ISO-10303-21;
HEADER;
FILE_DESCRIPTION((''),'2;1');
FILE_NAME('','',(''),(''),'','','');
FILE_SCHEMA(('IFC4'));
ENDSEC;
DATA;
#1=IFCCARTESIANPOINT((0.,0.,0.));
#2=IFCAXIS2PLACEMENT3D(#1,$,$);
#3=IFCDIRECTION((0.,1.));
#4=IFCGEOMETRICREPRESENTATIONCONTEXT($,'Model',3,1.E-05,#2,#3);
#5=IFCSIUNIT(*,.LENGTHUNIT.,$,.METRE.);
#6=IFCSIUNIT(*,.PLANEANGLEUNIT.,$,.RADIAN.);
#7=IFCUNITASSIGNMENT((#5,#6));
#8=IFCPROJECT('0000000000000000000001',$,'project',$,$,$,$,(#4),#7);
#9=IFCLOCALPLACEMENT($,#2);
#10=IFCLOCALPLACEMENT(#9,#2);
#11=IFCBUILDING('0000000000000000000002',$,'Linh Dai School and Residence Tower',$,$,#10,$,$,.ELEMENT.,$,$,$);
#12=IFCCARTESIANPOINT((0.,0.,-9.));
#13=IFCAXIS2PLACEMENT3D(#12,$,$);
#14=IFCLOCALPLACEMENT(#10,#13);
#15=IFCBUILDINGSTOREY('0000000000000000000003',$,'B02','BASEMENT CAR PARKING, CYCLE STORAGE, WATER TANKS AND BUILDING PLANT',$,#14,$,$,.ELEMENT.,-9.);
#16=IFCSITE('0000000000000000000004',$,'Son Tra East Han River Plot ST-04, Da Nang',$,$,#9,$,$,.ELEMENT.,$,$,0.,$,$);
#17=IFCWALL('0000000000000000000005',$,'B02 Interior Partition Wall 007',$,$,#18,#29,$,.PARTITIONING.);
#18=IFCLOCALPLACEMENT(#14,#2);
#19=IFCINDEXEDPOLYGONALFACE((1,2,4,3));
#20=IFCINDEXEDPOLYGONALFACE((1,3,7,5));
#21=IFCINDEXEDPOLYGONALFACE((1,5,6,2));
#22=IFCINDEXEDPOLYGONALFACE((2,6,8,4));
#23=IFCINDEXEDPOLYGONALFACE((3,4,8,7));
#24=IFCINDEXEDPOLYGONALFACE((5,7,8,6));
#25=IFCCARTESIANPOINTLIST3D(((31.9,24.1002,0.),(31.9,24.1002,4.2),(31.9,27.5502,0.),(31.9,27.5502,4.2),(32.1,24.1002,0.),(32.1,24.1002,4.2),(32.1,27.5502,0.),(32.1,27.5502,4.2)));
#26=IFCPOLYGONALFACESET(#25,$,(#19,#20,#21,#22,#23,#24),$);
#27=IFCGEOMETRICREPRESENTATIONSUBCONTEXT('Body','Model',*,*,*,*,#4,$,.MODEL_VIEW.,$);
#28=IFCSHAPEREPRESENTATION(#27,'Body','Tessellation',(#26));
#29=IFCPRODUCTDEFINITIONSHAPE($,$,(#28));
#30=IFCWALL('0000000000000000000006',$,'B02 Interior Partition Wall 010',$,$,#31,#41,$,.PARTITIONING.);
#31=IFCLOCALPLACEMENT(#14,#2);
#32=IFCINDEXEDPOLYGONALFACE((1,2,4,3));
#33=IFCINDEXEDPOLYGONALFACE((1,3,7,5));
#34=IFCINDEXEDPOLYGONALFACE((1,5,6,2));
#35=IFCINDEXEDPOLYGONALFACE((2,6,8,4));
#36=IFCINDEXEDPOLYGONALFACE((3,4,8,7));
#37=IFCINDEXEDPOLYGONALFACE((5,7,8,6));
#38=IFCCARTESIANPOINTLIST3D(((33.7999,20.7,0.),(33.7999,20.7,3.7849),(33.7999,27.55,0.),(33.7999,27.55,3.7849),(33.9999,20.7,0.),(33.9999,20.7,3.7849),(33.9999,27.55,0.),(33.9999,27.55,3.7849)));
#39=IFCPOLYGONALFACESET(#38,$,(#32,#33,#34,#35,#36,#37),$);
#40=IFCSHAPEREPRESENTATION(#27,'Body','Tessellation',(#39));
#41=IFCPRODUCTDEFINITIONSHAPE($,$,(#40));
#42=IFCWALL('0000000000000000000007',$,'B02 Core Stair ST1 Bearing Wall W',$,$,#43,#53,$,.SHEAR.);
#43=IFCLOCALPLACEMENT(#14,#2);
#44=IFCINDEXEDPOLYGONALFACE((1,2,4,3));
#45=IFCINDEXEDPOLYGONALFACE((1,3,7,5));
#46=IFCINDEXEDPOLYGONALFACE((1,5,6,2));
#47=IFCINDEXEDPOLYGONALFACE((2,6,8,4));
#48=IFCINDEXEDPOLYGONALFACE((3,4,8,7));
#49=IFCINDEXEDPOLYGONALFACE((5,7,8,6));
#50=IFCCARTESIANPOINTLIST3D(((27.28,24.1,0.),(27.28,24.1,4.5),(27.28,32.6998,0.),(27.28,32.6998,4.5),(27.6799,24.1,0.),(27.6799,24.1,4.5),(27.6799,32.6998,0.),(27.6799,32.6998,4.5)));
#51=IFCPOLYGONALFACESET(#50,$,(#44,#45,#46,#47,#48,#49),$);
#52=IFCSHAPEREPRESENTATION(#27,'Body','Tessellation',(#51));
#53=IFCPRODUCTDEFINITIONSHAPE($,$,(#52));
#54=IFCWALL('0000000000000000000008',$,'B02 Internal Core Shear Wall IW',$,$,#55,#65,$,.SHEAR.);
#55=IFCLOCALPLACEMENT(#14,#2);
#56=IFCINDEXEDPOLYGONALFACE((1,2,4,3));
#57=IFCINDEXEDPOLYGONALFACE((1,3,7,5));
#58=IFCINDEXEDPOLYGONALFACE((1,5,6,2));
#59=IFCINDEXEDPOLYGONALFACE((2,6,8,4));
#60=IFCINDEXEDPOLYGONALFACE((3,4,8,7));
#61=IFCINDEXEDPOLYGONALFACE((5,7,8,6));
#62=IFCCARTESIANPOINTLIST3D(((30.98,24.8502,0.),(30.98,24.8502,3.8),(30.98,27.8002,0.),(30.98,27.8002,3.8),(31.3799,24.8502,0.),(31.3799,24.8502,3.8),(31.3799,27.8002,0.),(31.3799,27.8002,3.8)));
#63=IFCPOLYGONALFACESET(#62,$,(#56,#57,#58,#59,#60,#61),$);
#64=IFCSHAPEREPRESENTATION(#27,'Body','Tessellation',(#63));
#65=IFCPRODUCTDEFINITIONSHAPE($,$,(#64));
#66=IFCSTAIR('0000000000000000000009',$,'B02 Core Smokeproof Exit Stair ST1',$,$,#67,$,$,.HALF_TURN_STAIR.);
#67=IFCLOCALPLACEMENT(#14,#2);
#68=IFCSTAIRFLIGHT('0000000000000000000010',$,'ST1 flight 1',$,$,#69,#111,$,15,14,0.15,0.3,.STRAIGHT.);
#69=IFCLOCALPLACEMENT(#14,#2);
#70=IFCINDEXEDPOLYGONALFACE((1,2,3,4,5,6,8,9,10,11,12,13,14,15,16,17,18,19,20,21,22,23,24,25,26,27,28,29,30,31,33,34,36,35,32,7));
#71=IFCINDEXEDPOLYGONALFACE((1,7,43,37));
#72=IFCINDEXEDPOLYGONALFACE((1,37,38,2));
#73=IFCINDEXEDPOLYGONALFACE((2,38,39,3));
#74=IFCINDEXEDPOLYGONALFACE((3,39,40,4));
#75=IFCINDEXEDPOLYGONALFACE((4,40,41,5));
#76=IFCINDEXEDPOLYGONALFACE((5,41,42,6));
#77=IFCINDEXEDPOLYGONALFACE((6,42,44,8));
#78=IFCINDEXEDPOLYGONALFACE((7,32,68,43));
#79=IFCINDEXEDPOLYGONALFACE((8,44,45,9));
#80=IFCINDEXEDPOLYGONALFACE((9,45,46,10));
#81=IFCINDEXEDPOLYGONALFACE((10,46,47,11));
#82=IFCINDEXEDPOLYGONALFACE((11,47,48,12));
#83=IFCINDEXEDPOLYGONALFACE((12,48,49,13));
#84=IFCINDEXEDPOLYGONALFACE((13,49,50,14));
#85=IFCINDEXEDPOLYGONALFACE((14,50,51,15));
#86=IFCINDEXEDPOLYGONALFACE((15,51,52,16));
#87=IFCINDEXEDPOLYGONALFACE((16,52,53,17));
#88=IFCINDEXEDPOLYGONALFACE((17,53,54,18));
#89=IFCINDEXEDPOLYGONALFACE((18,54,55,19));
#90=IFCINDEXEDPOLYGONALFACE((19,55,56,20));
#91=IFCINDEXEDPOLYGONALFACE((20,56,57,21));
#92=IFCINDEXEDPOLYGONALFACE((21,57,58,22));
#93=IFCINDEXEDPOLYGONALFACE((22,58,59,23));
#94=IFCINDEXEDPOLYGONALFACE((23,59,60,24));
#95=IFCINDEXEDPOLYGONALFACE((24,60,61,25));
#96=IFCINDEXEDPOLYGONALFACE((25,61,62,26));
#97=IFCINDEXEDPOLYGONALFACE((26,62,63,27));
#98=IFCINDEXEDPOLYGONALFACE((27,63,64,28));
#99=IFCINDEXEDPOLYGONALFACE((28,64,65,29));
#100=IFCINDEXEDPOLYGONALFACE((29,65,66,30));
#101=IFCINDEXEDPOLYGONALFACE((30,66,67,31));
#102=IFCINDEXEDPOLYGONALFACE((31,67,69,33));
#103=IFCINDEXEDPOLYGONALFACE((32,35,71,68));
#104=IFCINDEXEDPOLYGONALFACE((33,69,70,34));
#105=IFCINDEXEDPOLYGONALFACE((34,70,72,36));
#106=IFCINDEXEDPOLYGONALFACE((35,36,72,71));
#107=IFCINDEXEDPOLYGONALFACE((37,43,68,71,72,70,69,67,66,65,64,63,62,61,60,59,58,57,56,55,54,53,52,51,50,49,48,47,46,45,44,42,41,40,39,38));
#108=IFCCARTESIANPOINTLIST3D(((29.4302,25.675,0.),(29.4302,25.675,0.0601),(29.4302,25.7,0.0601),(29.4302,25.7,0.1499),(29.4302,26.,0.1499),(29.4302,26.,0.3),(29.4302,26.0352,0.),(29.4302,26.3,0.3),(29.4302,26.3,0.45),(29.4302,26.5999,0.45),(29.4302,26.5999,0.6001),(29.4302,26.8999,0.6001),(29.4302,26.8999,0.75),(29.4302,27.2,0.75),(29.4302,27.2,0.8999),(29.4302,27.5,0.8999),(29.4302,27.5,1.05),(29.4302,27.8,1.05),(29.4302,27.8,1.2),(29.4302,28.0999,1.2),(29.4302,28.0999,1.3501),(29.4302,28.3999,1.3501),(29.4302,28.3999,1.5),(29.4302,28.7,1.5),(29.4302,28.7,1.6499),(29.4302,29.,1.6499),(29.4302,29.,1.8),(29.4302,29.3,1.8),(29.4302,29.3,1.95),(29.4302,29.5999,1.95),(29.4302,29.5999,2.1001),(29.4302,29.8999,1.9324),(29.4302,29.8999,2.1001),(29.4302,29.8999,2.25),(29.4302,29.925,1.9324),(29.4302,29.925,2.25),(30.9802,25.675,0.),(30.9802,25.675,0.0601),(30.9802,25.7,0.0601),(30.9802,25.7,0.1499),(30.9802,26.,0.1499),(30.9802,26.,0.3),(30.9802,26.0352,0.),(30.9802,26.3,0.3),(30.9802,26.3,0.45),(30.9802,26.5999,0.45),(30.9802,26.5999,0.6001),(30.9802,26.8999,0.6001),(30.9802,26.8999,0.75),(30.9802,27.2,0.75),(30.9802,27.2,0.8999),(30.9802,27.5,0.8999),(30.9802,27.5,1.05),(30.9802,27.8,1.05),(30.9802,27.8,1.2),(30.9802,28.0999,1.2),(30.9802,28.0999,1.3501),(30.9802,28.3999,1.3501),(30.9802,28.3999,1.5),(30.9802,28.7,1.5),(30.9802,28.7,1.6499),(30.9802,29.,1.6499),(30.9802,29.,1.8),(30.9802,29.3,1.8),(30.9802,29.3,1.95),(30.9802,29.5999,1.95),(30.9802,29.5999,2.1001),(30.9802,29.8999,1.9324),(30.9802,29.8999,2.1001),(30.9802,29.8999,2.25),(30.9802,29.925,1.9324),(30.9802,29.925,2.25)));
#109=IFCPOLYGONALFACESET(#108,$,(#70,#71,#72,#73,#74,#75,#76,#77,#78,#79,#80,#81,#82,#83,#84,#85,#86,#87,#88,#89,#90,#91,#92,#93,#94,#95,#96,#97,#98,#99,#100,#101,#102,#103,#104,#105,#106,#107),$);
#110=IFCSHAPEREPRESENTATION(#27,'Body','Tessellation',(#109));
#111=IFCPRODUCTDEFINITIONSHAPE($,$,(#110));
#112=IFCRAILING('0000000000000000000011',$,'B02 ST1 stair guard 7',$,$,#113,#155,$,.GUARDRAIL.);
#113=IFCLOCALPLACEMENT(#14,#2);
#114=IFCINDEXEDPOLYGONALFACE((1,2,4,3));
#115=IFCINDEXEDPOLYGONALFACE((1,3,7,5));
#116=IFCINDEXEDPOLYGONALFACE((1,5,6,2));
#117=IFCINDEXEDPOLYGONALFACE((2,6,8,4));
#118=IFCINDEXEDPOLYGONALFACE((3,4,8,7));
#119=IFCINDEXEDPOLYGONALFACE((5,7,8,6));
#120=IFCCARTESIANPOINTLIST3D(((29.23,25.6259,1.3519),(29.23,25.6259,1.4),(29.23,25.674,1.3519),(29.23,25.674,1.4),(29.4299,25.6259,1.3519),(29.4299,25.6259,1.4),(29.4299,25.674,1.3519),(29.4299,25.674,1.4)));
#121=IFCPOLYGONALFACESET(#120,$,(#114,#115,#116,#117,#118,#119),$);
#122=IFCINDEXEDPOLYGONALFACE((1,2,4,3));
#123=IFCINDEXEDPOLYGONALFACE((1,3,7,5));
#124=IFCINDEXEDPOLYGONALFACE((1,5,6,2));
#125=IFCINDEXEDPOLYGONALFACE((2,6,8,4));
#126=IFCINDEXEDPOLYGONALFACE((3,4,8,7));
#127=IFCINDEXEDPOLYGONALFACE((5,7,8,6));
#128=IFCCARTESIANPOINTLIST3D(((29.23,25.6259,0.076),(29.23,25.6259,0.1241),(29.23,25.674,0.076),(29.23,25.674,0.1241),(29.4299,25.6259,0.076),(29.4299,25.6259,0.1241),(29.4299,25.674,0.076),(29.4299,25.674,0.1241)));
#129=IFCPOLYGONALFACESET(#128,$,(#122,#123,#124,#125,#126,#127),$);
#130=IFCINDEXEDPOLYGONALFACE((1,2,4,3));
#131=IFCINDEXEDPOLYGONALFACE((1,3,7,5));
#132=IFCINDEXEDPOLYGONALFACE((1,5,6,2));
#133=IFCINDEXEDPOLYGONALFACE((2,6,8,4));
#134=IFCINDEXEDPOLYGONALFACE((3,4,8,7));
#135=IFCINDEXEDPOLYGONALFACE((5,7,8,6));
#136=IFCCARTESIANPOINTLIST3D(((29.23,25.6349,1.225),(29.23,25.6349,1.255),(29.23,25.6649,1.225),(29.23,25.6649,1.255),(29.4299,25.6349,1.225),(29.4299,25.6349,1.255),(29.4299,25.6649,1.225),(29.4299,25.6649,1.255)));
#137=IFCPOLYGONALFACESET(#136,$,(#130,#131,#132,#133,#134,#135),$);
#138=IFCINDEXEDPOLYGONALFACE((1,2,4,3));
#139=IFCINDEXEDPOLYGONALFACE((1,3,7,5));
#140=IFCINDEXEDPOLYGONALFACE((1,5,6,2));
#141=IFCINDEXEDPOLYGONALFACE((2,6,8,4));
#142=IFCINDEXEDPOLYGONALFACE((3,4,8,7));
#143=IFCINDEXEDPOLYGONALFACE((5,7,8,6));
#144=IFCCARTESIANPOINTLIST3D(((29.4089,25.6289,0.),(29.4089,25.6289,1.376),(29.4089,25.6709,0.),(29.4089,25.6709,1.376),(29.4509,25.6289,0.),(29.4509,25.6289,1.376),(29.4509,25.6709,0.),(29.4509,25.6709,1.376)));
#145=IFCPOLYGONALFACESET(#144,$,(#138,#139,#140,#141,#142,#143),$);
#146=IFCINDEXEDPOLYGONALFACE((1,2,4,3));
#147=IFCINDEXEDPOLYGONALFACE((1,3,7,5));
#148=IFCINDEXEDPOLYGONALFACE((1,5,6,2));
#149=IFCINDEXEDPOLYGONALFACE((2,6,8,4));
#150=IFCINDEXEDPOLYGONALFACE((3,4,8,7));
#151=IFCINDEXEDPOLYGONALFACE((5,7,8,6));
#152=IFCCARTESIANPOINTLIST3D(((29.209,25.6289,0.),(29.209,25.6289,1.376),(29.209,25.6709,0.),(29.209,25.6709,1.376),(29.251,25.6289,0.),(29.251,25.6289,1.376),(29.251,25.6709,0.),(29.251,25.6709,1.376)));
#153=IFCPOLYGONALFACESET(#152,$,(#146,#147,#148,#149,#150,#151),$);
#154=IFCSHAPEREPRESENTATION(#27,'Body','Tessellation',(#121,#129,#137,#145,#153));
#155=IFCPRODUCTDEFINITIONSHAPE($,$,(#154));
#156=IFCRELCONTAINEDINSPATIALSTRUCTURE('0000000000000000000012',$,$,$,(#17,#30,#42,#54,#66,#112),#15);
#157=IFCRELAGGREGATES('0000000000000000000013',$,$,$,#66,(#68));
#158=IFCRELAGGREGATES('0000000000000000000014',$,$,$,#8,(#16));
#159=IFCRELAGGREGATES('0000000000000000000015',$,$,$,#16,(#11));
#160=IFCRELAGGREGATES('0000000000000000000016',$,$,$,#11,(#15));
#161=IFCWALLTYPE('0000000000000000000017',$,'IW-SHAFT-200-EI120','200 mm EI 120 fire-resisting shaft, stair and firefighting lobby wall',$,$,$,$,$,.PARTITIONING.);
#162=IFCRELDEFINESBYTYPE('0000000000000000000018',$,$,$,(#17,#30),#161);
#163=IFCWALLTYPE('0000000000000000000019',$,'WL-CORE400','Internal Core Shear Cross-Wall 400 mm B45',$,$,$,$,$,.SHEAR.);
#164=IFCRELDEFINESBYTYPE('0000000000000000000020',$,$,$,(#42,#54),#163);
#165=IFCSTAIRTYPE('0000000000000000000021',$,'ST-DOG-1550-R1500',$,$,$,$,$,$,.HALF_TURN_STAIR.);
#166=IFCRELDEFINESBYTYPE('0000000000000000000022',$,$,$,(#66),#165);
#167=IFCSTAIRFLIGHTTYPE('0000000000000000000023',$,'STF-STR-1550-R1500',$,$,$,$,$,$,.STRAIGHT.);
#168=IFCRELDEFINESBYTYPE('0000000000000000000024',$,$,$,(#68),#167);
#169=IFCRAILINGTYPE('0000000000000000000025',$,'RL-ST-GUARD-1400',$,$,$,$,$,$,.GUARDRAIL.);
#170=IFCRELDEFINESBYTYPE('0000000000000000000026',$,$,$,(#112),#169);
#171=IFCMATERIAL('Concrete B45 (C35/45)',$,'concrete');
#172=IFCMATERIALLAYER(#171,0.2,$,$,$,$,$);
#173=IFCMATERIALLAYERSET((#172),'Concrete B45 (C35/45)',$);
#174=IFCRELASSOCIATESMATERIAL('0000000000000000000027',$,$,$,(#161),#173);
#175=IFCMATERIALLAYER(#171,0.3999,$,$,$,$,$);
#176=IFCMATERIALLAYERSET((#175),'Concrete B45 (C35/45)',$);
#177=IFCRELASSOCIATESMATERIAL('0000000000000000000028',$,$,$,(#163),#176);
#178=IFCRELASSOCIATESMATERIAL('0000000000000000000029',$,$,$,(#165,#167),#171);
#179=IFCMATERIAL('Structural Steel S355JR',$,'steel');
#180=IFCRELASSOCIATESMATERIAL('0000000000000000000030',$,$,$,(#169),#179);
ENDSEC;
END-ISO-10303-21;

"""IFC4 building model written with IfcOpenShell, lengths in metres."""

from ifc_helpers import new_model, si_unit, direction, frame, frame_2d, origin, origin_2d, place, context, subcontext, project, spatial, polyline, rectangle, outline, extrude, source, transform, mapped, material, layer, layer_set, type_object, element, aggregate, save


model = new_model("IFC4")

# Units and contexts
model_context = context("Model", 3, precision=1e-05, world=origin(), true_north=direction((0.0, 1.0)))
body_context = subcontext(model_context, "Body", "Model", "MODEL_VIEW")
ifc_project = project(units=[si_unit("LENGTHUNIT", "METRE"), si_unit("PLANEANGLEUNIT", "RADIAN")], contexts=[model_context])

# Site, building, storey
site_placement = place(None, origin())
site = spatial("IfcSite", under=ifc_project, at=site_placement, Name="Son Tra East Han River Plot ST-04, Da Nang", CompositionType="ELEMENT", RefElevation=0.0)
building_placement = place(site_placement, origin())
building = spatial("IfcBuilding", under=site, at=building_placement, Name="Linh Dai School and Residence Tower", CompositionType="ELEMENT")
storey_placement = place(building_placement, frame((0.0, 0.0, -9.0)))
storey = spatial("IfcBuildingStorey", under=building, at=storey_placement, Name="B02", Description="BASEMENT CAR PARKING, CYCLE STORAGE, WATER TANKS AND BUILDING PLANT", CompositionType="ELEMENT", Elevation=-9.0)

# Shared definitions
ifc_material_1 = material(Name="Concrete B45 (C35/45)", Category="concrete")

# Shared definitions
ifc_material_2 = material(Name="Structural Steel S355JR", Category="steel")

# Shared definitions
ifc_layer_1 = layer(ifc_material_1, 0.2)
ifc_layer_set_1 = layer_set([ifc_layer_1], Name="Concrete B45 (C35/45)")
wall_type_1 = type_object("IfcWallType", Name="IW-SHAFT-200-EI120", Description="200 mm EI 120 fire-resisting shaft, stair and firefighting lobby wall", PredefinedType="PARTITIONING", material=ifc_layer_set_1)

# Wall
wall_1_placement = place(storey_placement, frame((32.0, 24.1001, 0.0), z_axis=(0.0, 0.0, 1.0), x_axis=(0.0, 1.0, 0.0)))
element("IfcWall", 1, at=wall_1_placement, inside=storey, type_object=wall_type_1, Name="B02 Interior Partition Wall 007", PredefinedType="PARTITIONING", context=body_context, shape_type="SweptSolid", body=[
    extrude(rectangle(XDim=3.45, YDim=0.2, at=frame_2d((1.7251, 0.0))), origin(), (0.0, 0.0, 1.0), 4.2),
])

# Walls
wall_2_placement = place(storey_placement, frame((33.8999, 20.7, 0.0), z_axis=(0.0, 0.0, 1.0), x_axis=(0.0, 1.0, 0.0)))
element("IfcWall", 2, at=wall_2_placement, inside=storey, type_object=wall_type_1, Name="B02 Interior Partition Wall 010", PredefinedType="PARTITIONING", context=body_context, shape_type="SweptSolid", body=[
    extrude(rectangle(XDim=6.8501, YDim=0.2, at=frame_2d((3.425, 0.0))), origin(), (0.0, 0.0, 1.0), 3.7849),
])
ifc_layer_2 = layer(ifc_material_1, 0.3999)
ifc_layer_set_2 = layer_set([ifc_layer_2], Name="Concrete B45 (C35/45)")
wall_type_2 = type_object("IfcWallType", Name="WL-CORE400", Description="Internal Core Shear Cross-Wall 400 mm B45", PredefinedType="SHEAR", material=ifc_layer_set_2)
wall_3_placement = place(storey_placement, frame((27.48, 24.1001, 0.0), z_axis=(0.0, 0.0, 1.0), x_axis=(0.0, 1.0, 0.0)))
element("IfcWall", 3, at=wall_3_placement, inside=storey, type_object=wall_type_2, Name="B02 Core Stair ST1 Bearing Wall W", PredefinedType="SHEAR", context=body_context, shape_type="SweptSolid", body=[
    extrude(rectangle(XDim=8.5999, YDim=0.3999, at=frame_2d((4.2998, 0.0))), origin(), (0.0, 0.0, 1.0), 4.5),
])
wall_4_placement = place(storey_placement, frame((31.1799, 24.8501, 0.0), z_axis=(0.0, 0.0, 1.0), x_axis=(0.0, 1.0, 0.0)))
element("IfcWall", 4, at=wall_4_placement, inside=storey, type_object=wall_type_2, Name="B02 Internal Core Shear Wall IW", PredefinedType="SHEAR", context=body_context, shape_type="SweptSolid", body=[
    extrude(rectangle(XDim=2.95, YDim=0.3999, at=frame_2d((1.4751, 0.0))), origin(), (0.0, 0.0, 1.0), 3.8),
])

# Stair, stair flight
stair_type = type_object("IfcStairType", Name="ST-DOG-1550-R1500", PredefinedType="HALF_TURN_STAIR", material=ifc_material_1)
stair_placement = place(storey_placement, origin())
stair = element("IfcStair", 5, at=stair_placement, inside=storey, type_object=stair_type, Name="B02 Core Smokeproof Exit Stair ST1", PredefinedType="HALF_TURN_STAIR")
stair_flight_type = type_object("IfcStairFlightType", Name="STF-STR-1550-R1500", PredefinedType="STRAIGHT", material=ifc_material_1)
shared_shape_1 = source(origin(), body_context, "Body", "SweptSolid", [
    extrude(outline(polyline([(-0.0249, 0.0), (-0.0249, 0.0601), (0.0, 0.0601), (0.0, 0.1499), (0.3, 0.1499), (0.3, 0.3), (0.6001, 0.3), (0.6001, 0.45), (0.8999, 0.45), (0.8999, 0.6001), (1.2, 0.6001), (1.2, 0.75), (1.5, 0.75), (1.5, 0.8999), (1.8, 0.8999), (1.8, 1.05), (2.1001, 1.05), (2.1001, 1.2), (2.3999, 1.2), (2.3999, 1.3501), (2.7, 1.3501), (2.7, 1.5), (3.0, 1.5), (3.0, 1.6499), (3.3, 1.6499), (3.3, 1.8), (3.6001, 1.8), (3.6001, 1.95), (3.8999, 1.95), (3.8999, 2.1001), (4.2, 2.1001), (4.2, 2.25), (4.2251, 2.25), (4.2251, 1.9324), (4.2, 1.9324), (0.3352, 0.0), (-0.0249, 0.0)])), frame((0.0, 0.7749, 0.0), z_axis=(0.0, -1.0, 0.0), x_axis=(1.0, 0.0, 0.0)), (0.0, 0.0, 1.0), 1.55),
])
stair_flight_placement = place(storey_placement, frame((30.2051, 25.7, 0.0), z_axis=(0.0, 0.0, 1.0), x_axis=(0.0, 1.0, 0.0)))
stair_flight = element("IfcStairFlight", 6, at=stair_flight_placement, type_object=stair_flight_type, Name="ST1 flight 1", NumberOfRisers=15, NumberOfTreads=14, PredefinedType="STRAIGHT", RiserHeight=0.15, TreadLength=0.3, context=body_context, shape_type="MappedRepresentation", body=[
    mapped(shared_shape_1, transform((0.0, 0.0, 0.0), x_axis=(1.0, 0.0, 0.0), y_axis=(0.0, 1.0, 0.0), z_axis=(0.0, 0.0, 1.0), scale=1.0)),
])
aggregate(stair, [stair_flight])

# Railing
railing_type_1 = type_object("IfcRailingType", Name="RL-ST-GUARD-1400", PredefinedType="GUARDRAIL", material=ifc_material_2)
shared_shape_2 = source(origin(), body_context, "Body", "SweptSolid", [
    extrude(rectangle(XDim=0.0481, YDim=0.0481, at=origin_2d()), frame((0.0, 0.0, 1.376), z_axis=(-1.0, 0.0, 0.0), x_axis=(0.0, -1.0, 0.0)), (0.0, 0.0, 1.0), 0.2),
    extrude(rectangle(XDim=0.0481, YDim=0.0481, at=origin_2d()), frame((0.0, 0.0, 0.1001), z_axis=(-1.0, 0.0, 0.0), x_axis=(0.0, -1.0, 0.0)), (0.0, 0.0, 1.0), 0.2),
    extrude(rectangle(XDim=0.03, YDim=0.03, at=origin_2d()), frame((0.0, 0.0, 1.24), z_axis=(-1.0, 0.0, 0.0), x_axis=(0.0, -1.0, 0.0)), (0.0, 0.0, 1.0), 0.2),
    extrude(rectangle(XDim=0.042, YDim=0.042, at=origin_2d()), origin(), (0.0, 0.0, 1.0), 1.376),
    extrude(rectangle(XDim=0.042, YDim=0.042, at=origin_2d()), frame((-0.2, 0.0, 0.0)), (0.0, 0.0, 1.0), 1.376),
])
railing_1_placement = place(storey_placement, frame((29.4299, 25.6499, 0.0)))
element("IfcRailing", 7, at=railing_1_placement, inside=storey, type_object=railing_type_1, Name="B02 ST1 stair guard 7", PredefinedType="GUARDRAIL", context=body_context, shape_type="MappedRepresentation", body=[
    mapped(shared_shape_2, transform((0.0, 0.0, 0.0), x_axis=(1.0, 0.0, 0.0), y_axis=(0.0, 1.0, 0.0), z_axis=(0.0, 0.0, 1.0), scale=1.0)),
])

save(model, "model.ifc")
